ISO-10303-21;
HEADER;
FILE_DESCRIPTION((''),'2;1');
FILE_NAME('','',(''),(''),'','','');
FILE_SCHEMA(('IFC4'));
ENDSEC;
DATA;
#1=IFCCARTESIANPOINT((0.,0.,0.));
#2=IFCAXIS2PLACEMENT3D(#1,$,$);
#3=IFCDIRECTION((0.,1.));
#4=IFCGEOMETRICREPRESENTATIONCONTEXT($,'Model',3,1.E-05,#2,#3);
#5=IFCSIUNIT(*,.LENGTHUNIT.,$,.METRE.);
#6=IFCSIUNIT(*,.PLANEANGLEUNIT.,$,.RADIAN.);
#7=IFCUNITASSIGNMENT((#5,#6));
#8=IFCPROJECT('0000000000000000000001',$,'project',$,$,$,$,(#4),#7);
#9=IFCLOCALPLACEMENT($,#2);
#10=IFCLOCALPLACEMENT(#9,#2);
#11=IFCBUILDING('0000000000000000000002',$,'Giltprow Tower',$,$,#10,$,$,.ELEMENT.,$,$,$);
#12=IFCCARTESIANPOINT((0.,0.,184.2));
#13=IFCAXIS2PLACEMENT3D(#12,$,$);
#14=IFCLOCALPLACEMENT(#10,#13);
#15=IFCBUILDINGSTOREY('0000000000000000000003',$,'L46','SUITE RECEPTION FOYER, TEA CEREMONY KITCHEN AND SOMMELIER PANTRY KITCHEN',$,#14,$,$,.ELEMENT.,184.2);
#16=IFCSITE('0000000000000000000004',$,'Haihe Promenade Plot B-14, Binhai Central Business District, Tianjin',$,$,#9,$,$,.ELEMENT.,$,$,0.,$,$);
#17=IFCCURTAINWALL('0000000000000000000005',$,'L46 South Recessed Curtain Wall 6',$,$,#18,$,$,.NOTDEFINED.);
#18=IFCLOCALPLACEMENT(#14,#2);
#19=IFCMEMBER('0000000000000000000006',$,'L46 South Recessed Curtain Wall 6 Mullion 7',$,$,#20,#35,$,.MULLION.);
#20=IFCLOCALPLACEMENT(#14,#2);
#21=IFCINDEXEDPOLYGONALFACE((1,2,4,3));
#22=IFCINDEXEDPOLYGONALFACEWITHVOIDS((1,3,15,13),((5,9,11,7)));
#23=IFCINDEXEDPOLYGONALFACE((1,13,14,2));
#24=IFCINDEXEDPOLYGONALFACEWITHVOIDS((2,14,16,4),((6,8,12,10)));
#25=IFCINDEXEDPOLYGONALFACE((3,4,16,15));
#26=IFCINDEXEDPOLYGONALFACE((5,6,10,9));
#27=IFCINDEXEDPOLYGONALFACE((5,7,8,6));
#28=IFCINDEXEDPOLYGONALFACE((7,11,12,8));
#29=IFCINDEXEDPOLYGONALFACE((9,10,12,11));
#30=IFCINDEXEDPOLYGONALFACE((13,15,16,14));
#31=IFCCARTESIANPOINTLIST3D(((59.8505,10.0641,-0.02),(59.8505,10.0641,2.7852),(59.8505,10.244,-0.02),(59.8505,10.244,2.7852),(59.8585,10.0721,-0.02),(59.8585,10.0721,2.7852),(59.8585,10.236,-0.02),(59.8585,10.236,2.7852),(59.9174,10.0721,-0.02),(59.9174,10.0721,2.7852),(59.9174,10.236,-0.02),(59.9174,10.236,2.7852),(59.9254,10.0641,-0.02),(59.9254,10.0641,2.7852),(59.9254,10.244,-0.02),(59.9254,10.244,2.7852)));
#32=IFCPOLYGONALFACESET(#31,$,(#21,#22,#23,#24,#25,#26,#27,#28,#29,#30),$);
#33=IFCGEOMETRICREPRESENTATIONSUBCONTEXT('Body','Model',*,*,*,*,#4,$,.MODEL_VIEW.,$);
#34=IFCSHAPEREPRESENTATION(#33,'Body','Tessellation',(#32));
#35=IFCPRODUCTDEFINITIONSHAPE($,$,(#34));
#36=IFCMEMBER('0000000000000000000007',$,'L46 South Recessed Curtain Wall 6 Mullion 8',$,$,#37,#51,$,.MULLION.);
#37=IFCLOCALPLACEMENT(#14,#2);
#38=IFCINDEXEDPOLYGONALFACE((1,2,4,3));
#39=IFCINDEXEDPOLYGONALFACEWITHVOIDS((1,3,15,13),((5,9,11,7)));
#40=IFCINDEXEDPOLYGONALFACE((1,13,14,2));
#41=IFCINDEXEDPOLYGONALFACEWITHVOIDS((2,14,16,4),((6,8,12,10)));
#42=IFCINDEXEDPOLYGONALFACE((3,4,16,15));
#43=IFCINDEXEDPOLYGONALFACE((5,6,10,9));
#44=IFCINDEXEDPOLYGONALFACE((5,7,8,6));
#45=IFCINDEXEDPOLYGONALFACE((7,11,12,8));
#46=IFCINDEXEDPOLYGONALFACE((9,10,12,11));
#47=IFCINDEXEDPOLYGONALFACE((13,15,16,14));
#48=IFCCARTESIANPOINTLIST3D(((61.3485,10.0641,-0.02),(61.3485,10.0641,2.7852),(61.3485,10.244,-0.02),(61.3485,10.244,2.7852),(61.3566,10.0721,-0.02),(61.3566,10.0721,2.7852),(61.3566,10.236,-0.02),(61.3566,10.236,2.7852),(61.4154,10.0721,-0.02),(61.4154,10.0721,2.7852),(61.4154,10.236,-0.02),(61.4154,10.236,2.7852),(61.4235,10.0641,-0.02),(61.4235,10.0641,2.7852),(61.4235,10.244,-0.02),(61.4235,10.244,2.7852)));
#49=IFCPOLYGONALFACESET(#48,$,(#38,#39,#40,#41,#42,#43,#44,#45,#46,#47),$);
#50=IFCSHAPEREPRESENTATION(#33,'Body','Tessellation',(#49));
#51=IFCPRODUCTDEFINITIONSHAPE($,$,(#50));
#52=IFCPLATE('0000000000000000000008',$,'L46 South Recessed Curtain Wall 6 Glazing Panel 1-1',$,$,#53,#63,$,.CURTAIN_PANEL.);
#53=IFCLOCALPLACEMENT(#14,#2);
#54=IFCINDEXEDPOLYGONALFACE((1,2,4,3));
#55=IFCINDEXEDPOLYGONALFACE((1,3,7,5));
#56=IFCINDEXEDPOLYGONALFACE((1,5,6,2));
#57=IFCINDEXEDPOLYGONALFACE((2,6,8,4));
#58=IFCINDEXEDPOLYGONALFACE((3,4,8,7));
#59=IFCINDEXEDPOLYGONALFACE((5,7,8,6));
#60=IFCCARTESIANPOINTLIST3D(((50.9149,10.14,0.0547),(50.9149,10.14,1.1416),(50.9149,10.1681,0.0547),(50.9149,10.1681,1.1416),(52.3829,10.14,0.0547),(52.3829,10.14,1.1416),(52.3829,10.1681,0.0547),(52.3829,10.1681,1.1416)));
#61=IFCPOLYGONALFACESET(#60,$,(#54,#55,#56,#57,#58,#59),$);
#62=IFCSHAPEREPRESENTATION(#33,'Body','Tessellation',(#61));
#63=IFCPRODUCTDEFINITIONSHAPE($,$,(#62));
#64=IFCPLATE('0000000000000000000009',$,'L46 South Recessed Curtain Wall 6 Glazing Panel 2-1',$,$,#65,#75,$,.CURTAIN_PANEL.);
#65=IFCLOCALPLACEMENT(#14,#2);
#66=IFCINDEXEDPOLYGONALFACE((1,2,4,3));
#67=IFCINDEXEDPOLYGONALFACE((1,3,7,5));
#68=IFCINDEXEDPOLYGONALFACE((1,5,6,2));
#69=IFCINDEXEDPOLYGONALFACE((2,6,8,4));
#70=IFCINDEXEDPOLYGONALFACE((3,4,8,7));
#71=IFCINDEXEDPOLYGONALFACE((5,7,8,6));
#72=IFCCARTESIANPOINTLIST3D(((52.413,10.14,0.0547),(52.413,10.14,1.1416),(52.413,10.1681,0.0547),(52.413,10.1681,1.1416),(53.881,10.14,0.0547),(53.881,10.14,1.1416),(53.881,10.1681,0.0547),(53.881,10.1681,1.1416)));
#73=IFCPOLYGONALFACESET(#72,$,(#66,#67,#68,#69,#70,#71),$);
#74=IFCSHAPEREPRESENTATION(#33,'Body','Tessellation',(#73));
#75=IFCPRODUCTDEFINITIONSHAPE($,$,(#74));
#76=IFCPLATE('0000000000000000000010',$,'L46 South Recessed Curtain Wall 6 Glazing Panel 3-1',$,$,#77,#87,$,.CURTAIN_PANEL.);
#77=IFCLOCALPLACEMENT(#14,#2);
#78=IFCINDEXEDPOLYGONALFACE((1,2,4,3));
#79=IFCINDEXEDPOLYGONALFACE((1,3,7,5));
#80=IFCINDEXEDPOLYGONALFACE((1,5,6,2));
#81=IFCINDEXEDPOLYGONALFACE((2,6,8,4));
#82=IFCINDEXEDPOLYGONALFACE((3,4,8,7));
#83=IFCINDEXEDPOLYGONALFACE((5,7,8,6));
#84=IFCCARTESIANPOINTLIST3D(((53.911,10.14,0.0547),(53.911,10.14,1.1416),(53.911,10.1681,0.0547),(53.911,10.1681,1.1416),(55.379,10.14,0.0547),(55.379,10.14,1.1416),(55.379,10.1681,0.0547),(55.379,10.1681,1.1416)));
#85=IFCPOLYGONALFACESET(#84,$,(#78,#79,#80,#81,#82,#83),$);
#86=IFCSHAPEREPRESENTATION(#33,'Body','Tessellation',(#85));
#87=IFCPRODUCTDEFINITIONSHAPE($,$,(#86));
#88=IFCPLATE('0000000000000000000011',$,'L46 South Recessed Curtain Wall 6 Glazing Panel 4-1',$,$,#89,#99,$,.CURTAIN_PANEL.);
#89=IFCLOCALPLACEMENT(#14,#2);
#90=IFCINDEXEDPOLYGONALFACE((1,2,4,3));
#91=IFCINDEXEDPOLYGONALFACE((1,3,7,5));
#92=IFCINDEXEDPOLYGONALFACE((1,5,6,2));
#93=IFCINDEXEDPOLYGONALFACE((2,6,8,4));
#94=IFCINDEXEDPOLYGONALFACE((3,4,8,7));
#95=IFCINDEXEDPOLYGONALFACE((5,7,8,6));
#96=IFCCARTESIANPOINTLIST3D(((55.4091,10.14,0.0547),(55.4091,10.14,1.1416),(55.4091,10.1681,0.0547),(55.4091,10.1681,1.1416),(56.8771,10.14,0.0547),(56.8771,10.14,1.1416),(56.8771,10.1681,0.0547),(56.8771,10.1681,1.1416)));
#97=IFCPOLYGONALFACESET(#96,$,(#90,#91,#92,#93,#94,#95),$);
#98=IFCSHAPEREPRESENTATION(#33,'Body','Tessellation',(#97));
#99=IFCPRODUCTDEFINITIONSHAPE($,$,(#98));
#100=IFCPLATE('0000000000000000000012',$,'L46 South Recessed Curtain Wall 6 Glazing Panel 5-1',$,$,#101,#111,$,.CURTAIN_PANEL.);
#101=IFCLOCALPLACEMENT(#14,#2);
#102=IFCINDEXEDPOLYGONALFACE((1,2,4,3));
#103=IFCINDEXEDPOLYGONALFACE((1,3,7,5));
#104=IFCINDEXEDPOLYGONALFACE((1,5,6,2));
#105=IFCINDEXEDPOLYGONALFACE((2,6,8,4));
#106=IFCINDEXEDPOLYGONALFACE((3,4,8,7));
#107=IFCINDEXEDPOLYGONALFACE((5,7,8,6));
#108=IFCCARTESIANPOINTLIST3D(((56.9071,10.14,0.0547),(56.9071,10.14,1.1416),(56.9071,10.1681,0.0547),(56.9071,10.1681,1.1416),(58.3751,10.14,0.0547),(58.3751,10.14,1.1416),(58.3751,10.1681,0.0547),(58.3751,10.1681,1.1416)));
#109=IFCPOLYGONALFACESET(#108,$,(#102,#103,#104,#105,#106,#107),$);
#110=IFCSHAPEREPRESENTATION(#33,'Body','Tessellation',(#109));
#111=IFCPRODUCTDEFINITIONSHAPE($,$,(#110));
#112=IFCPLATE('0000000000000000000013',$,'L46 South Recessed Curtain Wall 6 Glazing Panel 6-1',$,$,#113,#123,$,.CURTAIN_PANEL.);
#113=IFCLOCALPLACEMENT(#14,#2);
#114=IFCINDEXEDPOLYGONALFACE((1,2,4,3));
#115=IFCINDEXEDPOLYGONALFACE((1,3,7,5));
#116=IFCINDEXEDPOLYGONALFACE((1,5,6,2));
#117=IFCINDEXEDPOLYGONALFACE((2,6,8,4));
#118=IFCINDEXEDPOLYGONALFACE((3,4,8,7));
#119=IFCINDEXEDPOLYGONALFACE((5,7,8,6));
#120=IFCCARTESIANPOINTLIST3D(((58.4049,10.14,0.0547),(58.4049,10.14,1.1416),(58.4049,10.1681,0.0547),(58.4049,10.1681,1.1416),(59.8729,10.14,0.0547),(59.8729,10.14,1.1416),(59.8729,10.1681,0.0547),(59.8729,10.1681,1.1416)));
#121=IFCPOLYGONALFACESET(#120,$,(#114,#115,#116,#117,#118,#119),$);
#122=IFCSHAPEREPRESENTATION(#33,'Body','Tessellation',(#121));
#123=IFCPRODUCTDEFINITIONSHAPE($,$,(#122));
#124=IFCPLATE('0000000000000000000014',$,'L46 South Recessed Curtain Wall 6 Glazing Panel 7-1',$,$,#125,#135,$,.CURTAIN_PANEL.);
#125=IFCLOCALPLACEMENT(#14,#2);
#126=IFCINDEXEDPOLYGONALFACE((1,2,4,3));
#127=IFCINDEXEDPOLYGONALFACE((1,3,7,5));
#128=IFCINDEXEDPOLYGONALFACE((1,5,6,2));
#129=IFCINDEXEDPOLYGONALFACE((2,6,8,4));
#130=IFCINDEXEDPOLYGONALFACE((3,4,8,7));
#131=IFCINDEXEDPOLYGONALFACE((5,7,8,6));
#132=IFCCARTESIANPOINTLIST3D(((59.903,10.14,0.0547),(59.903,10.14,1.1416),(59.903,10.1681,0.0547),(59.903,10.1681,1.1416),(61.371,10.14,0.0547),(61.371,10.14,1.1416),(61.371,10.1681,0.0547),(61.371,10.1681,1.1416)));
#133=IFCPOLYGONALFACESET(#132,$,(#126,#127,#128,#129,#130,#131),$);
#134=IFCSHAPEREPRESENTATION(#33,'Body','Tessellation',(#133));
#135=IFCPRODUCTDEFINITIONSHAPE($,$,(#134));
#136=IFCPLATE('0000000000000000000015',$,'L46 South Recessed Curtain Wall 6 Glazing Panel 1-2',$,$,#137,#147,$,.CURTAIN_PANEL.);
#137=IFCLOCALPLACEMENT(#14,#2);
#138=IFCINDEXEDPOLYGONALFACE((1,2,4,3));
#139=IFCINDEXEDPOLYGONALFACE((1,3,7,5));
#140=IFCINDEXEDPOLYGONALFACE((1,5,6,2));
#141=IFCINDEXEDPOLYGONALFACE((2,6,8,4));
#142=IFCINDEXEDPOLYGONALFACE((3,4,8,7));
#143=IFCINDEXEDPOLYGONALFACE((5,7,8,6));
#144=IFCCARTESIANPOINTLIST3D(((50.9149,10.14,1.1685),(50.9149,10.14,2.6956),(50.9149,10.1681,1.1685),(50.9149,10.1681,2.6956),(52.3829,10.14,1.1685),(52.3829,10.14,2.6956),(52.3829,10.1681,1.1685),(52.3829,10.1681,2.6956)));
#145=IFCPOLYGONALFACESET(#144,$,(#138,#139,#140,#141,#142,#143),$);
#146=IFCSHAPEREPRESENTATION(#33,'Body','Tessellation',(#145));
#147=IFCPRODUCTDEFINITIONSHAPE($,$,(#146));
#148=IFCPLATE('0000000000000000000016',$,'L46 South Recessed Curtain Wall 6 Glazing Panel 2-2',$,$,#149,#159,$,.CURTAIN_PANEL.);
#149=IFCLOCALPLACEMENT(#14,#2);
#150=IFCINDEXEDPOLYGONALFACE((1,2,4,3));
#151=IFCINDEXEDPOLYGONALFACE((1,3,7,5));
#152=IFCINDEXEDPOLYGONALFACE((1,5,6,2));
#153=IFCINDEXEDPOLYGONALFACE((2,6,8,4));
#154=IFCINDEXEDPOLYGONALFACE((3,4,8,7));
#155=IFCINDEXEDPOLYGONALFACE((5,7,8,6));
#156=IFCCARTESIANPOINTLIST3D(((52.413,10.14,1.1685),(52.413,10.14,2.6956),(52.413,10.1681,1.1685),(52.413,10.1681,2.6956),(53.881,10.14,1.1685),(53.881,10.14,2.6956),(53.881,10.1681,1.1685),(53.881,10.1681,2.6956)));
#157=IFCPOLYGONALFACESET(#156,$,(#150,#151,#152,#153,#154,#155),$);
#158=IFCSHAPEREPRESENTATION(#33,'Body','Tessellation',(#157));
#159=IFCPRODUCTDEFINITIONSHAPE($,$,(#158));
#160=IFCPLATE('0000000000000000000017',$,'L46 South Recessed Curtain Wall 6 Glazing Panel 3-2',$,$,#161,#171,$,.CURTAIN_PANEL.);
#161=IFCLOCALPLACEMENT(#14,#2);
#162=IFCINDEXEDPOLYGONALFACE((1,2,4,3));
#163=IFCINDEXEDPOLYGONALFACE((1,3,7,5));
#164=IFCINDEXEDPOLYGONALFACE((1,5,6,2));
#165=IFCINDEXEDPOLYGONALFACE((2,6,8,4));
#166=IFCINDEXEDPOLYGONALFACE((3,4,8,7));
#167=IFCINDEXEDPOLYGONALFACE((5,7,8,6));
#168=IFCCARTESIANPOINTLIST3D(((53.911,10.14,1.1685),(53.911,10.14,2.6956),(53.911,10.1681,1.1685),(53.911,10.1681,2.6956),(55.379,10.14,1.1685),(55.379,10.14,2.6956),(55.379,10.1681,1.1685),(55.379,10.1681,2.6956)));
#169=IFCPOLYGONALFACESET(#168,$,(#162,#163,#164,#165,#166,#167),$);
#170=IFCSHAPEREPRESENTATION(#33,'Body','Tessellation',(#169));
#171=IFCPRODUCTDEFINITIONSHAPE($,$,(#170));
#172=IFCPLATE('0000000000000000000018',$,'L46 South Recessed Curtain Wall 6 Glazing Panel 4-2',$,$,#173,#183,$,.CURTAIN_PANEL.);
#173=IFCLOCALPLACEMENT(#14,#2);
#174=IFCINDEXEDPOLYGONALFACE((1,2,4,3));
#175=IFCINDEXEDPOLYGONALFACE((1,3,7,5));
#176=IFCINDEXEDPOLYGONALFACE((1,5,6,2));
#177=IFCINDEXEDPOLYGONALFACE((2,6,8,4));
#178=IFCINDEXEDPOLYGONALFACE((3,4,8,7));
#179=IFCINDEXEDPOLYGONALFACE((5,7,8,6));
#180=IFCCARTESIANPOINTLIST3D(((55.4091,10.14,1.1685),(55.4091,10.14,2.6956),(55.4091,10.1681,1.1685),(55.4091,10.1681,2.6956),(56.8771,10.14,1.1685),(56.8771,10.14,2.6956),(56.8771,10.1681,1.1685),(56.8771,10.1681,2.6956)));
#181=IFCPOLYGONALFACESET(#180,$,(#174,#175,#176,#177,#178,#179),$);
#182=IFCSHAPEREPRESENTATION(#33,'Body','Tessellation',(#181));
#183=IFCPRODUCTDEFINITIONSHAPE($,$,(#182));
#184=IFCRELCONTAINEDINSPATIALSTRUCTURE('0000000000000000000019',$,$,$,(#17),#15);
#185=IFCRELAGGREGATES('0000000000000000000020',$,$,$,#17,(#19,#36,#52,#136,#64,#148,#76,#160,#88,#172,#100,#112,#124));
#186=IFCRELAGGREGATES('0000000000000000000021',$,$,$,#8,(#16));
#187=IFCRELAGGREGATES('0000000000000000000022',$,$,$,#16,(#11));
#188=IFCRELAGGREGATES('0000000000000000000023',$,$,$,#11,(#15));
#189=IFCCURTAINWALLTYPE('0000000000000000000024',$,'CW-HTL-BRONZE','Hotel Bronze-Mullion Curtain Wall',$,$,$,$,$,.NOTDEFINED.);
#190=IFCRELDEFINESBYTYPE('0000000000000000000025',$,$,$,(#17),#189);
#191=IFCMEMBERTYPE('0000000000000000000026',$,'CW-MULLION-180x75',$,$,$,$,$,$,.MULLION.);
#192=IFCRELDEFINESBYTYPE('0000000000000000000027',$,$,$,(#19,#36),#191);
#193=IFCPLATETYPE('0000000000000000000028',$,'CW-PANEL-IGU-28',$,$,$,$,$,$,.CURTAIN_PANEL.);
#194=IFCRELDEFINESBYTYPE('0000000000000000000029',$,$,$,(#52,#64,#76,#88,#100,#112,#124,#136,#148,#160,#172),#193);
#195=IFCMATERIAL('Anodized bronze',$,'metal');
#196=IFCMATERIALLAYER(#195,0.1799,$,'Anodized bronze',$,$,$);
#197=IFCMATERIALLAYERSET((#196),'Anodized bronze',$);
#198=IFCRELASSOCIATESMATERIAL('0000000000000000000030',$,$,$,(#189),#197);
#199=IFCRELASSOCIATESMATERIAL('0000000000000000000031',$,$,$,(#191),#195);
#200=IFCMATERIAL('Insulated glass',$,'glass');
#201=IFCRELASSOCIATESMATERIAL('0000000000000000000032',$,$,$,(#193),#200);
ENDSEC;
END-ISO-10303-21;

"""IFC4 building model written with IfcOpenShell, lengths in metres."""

from ifc_helpers import new_model, si_unit, direction, frame, origin, origin_2d, place, context, subcontext, project, spatial, rectangle, hollow_rectangle, extrude, source, transform, mapped, material, layer, layer_set, material_profile, profile_set, type_object, element, aggregate, save


model = new_model("IFC4")

# Units and contexts
model_context = context("Model", 3, precision=1e-05, world=origin(), true_north=direction((0.0, 1.0)))
body_context = subcontext(model_context, "Body", "Model", "MODEL_VIEW")
ifc_project = project(units=[si_unit("LENGTHUNIT", "METRE"), si_unit("PLANEANGLEUNIT", "RADIAN")], contexts=[model_context])

# Site, building, storey
site_placement = place(None, origin())
site = spatial("IfcSite", under=ifc_project, at=site_placement, Name="Haihe Promenade Plot B-14, Binhai Central Business District, Tianjin", CompositionType="ELEMENT", RefElevation=0.0)
building_placement = place(site_placement, origin())
building = spatial("IfcBuilding", under=site, at=building_placement, Name="Giltprow Tower", CompositionType="ELEMENT")
storey_placement = place(building_placement, frame((0.0, 0.0, 184.2)))
storey = spatial("IfcBuildingStorey", under=building, at=storey_placement, Name="L46", Description="SUITE RECEPTION FOYER, TEA CEREMONY KITCHEN AND SOMMELIER PANTRY KITCHEN", CompositionType="ELEMENT", Elevation=184.2)

# Curtain wall, members, plates
ifc_material_1 = material(Name="Anodized bronze", Category="metal")
ifc_layer_1 = layer(ifc_material_1, 0.1799, Name="Anodized bronze")
ifc_layer_set_1 = layer_set([ifc_layer_1], Name="Anodized bronze")
curtain_wall_type = type_object("IfcCurtainWallType", Name="CW-HTL-BRONZE", Description="Hotel Bronze-Mullion Curtain Wall", PredefinedType="NOTDEFINED", material=ifc_layer_set_1)
curtain_wall_placement = place(storey_placement, origin())
curtain_wall = element("IfcCurtainWall", 1, at=curtain_wall_placement, inside=storey, type_object=curtain_wall_type, Name="L46 South Recessed Curtain Wall 6", PredefinedType="NOTDEFINED")
ifc_material_profile_1 = material_profile(ifc_material_1, hollow_rectangle(XDim=0.075, YDim=0.1799, WallThickness=0.0081, at=origin_2d()), Name="RHS 180x75x8")
ifc_profile_set_1 = profile_set([ifc_material_profile_1], Name="Anodized bronze")
member_type = type_object("IfcMemberType", Name="CW-MULLION-180x75", PredefinedType="MULLION", material=ifc_profile_set_1)
shared_shape_1 = source(origin(), body_context, "Body", "SweptSolid", [
    extrude(hollow_rectangle(XDim=0.075, YDim=0.1799, WallThickness=0.0081, at=origin_2d()), origin(), (0.0, 0.0, 1.0), 2.8052),
])
member_1_placement = place(storey_placement, frame((59.8879, 10.1541, -0.02), z_axis=(0.0, 0.0, 1.0), x_axis=(1.0, 0.0, 0.0)))
member_1 = element("IfcMember", 2, at=member_1_placement, type_object=member_type, Name="L46 South Recessed Curtain Wall 6 Mullion 7", PredefinedType="MULLION", context=body_context, shape_type="MappedRepresentation", body=[
    mapped(shared_shape_1, transform((0.0, 0.0, 0.0), x_axis=(1.0, 0.0, 0.0), y_axis=(0.0, 1.0, 0.0), z_axis=(0.0, 0.0, 1.0), scale=1.0)),
])
member_2_placement = place(storey_placement, frame((61.386, 10.1541, -0.02), z_axis=(0.0, 0.0, 1.0), x_axis=(1.0, 0.0, 0.0)))
member_2 = element("IfcMember", 3, at=member_2_placement, type_object=member_type, Name="L46 South Recessed Curtain Wall 6 Mullion 8", PredefinedType="MULLION", context=body_context, shape_type="MappedRepresentation", body=[
    mapped(shared_shape_1, transform((0.0, 0.0, 0.0), x_axis=(1.0, 0.0, 0.0), y_axis=(0.0, 1.0, 0.0), z_axis=(0.0, 0.0, 1.0), scale=1.0)),
])
ifc_material_2 = material(Name="Insulated glass", Category="glass")
plate_type = type_object("IfcPlateType", Name="CW-PANEL-IGU-28", PredefinedType="CURTAIN_PANEL", material=ifc_material_2)
shared_shape_2 = source(origin(), body_context, "Body", "SweptSolid", [
    extrude(rectangle(XDim=1.468, YDim=0.0281, at=origin_2d()), origin(), (0.0, 0.0, 1.0), 1.0869),
])
plate_1_placement = place(storey_placement, frame((51.6489, 10.1541, 0.0547), z_axis=(0.0, 0.0, 1.0), x_axis=(1.0, 0.0, 0.0)))
plate_1 = element("IfcPlate", 4, at=plate_1_placement, type_object=plate_type, Name="L46 South Recessed Curtain Wall 6 Glazing Panel 1-1", PredefinedType="CURTAIN_PANEL", context=body_context, shape_type="MappedRepresentation", body=[
    mapped(shared_shape_2, transform((0.0, 0.0, 0.0), x_axis=(1.0, 0.0, 0.0), y_axis=(0.0, 1.0, 0.0), z_axis=(0.0, 0.0, 1.0), scale=1.0)),
])
plate_2_placement = place(storey_placement, frame((53.147, 10.1541, 0.0547), z_axis=(0.0, 0.0, 1.0), x_axis=(1.0, 0.0, 0.0)))
plate_2 = element("IfcPlate", 5, at=plate_2_placement, type_object=plate_type, Name="L46 South Recessed Curtain Wall 6 Glazing Panel 2-1", PredefinedType="CURTAIN_PANEL", context=body_context, shape_type="MappedRepresentation", body=[
    mapped(shared_shape_2, transform((0.0, 0.0, 0.0), x_axis=(1.0, 0.0, 0.0), y_axis=(0.0, 1.0, 0.0), z_axis=(0.0, 0.0, 1.0), scale=1.0)),
])
plate_3_placement = place(storey_placement, frame((54.645, 10.1541, 0.0547), z_axis=(0.0, 0.0, 1.0), x_axis=(1.0, 0.0, 0.0)))
plate_3 = element("IfcPlate", 6, at=plate_3_placement, type_object=plate_type, Name="L46 South Recessed Curtain Wall 6 Glazing Panel 3-1", PredefinedType="CURTAIN_PANEL", context=body_context, shape_type="MappedRepresentation", body=[
    mapped(shared_shape_2, transform((0.0, 0.0, 0.0), x_axis=(1.0, 0.0, 0.0), y_axis=(0.0, 1.0, 0.0), z_axis=(0.0, 0.0, 1.0), scale=1.0)),
])
plate_4_placement = place(storey_placement, frame((56.1431, 10.1541, 0.0547), z_axis=(0.0, 0.0, 1.0), x_axis=(1.0, 0.0, 0.0)))
plate_4 = element("IfcPlate", 7, at=plate_4_placement, type_object=plate_type, Name="L46 South Recessed Curtain Wall 6 Glazing Panel 4-1", PredefinedType="CURTAIN_PANEL", context=body_context, shape_type="MappedRepresentation", body=[
    mapped(shared_shape_2, transform((0.0, 0.0, 0.0), x_axis=(1.0, 0.0, 0.0), y_axis=(0.0, 1.0, 0.0), z_axis=(0.0, 0.0, 1.0), scale=1.0)),
])
plate_5_placement = place(storey_placement, frame((57.6411, 10.1541, 0.0547), z_axis=(0.0, 0.0, 1.0), x_axis=(1.0, 0.0, 0.0)))
plate_5 = element("IfcPlate", 8, at=plate_5_placement, type_object=plate_type, Name="L46 South Recessed Curtain Wall 6 Glazing Panel 5-1", PredefinedType="CURTAIN_PANEL", context=body_context, shape_type="MappedRepresentation", body=[
    mapped(shared_shape_2, transform((0.0, 0.0, 0.0), x_axis=(1.0, 0.0, 0.0), y_axis=(0.0, 1.0, 0.0), z_axis=(0.0, 0.0, 1.0), scale=1.0)),
])
plate_6_placement = place(storey_placement, frame((59.1389, 10.1541, 0.0547), z_axis=(0.0, 0.0, 1.0), x_axis=(1.0, 0.0, 0.0)))
plate_6 = element("IfcPlate", 9, at=plate_6_placement, type_object=plate_type, Name="L46 South Recessed Curtain Wall 6 Glazing Panel 6-1", PredefinedType="CURTAIN_PANEL", context=body_context, shape_type="MappedRepresentation", body=[
    mapped(shared_shape_2, transform((0.0, 0.0, 0.0), x_axis=(1.0, 0.0, 0.0), y_axis=(0.0, 1.0, 0.0), z_axis=(0.0, 0.0, 1.0), scale=1.0)),
])
plate_7_placement = place(storey_placement, frame((60.637, 10.1541, 0.0547), z_axis=(0.0, 0.0, 1.0), x_axis=(1.0, 0.0, 0.0)))
plate_7 = element("IfcPlate", 10, at=plate_7_placement, type_object=plate_type, Name="L46 South Recessed Curtain Wall 6 Glazing Panel 7-1", PredefinedType="CURTAIN_PANEL", context=body_context, shape_type="MappedRepresentation", body=[
    mapped(shared_shape_2, transform((0.0, 0.0, 0.0), x_axis=(1.0, 0.0, 0.0), y_axis=(0.0, 1.0, 0.0), z_axis=(0.0, 0.0, 1.0), scale=1.0)),
])
shared_shape_3 = source(origin(), body_context, "Body", "SweptSolid", [
    extrude(rectangle(XDim=1.468, YDim=0.0281, at=origin_2d()), origin(), (0.0, 0.0, 1.0), 1.5271),
])
plate_8_placement = place(storey_placement, frame((51.6489, 10.1541, 1.1685), z_axis=(0.0, 0.0, 1.0), x_axis=(1.0, 0.0, 0.0)))
plate_8 = element("IfcPlate", 11, at=plate_8_placement, type_object=plate_type, Name="L46 South Recessed Curtain Wall 6 Glazing Panel 1-2", PredefinedType="CURTAIN_PANEL", context=body_context, shape_type="MappedRepresentation", body=[
    mapped(shared_shape_3, transform((0.0, 0.0, 0.0), x_axis=(1.0, 0.0, 0.0), y_axis=(0.0, 1.0, 0.0), z_axis=(0.0, 0.0, 1.0), scale=1.0)),
])
plate_9_placement = place(storey_placement, frame((53.147, 10.1541, 1.1685), z_axis=(0.0, 0.0, 1.0), x_axis=(1.0, 0.0, 0.0)))
plate_9 = element("IfcPlate", 12, at=plate_9_placement, type_object=plate_type, Name="L46 South Recessed Curtain Wall 6 Glazing Panel 2-2", PredefinedType="CURTAIN_PANEL", context=body_context, shape_type="MappedRepresentation", body=[
    mapped(shared_shape_3, transform((0.0, 0.0, 0.0), x_axis=(1.0, 0.0, 0.0), y_axis=(0.0, 1.0, 0.0), z_axis=(0.0, 0.0, 1.0), scale=1.0)),
])
plate_10_placement = place(storey_placement, frame((54.645, 10.1541, 1.1685), z_axis=(0.0, 0.0, 1.0), x_axis=(1.0, 0.0, 0.0)))
plate_10 = element("IfcPlate", 13, at=plate_10_placement, type_object=plate_type, Name="L46 South Recessed Curtain Wall 6 Glazing Panel 3-2", PredefinedType="CURTAIN_PANEL", context=body_context, shape_type="MappedRepresentation", body=[
    mapped(shared_shape_3, transform((0.0, 0.0, 0.0), x_axis=(1.0, 0.0, 0.0), y_axis=(0.0, 1.0, 0.0), z_axis=(0.0, 0.0, 1.0), scale=1.0)),
])
plate_11_placement = place(storey_placement, frame((56.1431, 10.1541, 1.1685), z_axis=(0.0, 0.0, 1.0), x_axis=(1.0, 0.0, 0.0)))
plate_11 = element("IfcPlate", 14, at=plate_11_placement, type_object=plate_type, Name="L46 South Recessed Curtain Wall 6 Glazing Panel 4-2", PredefinedType="CURTAIN_PANEL", context=body_context, shape_type="MappedRepresentation", body=[
    mapped(shared_shape_3, transform((0.0, 0.0, 0.0), x_axis=(1.0, 0.0, 0.0), y_axis=(0.0, 1.0, 0.0), z_axis=(0.0, 0.0, 1.0), scale=1.0)),
])
aggregate(curtain_wall, [member_1, member_2, plate_1, plate_8, plate_2, plate_9, plate_3, plate_10, plate_4, plate_11, plate_5, plate_6, plate_7])

save(model, "model.ifc")
